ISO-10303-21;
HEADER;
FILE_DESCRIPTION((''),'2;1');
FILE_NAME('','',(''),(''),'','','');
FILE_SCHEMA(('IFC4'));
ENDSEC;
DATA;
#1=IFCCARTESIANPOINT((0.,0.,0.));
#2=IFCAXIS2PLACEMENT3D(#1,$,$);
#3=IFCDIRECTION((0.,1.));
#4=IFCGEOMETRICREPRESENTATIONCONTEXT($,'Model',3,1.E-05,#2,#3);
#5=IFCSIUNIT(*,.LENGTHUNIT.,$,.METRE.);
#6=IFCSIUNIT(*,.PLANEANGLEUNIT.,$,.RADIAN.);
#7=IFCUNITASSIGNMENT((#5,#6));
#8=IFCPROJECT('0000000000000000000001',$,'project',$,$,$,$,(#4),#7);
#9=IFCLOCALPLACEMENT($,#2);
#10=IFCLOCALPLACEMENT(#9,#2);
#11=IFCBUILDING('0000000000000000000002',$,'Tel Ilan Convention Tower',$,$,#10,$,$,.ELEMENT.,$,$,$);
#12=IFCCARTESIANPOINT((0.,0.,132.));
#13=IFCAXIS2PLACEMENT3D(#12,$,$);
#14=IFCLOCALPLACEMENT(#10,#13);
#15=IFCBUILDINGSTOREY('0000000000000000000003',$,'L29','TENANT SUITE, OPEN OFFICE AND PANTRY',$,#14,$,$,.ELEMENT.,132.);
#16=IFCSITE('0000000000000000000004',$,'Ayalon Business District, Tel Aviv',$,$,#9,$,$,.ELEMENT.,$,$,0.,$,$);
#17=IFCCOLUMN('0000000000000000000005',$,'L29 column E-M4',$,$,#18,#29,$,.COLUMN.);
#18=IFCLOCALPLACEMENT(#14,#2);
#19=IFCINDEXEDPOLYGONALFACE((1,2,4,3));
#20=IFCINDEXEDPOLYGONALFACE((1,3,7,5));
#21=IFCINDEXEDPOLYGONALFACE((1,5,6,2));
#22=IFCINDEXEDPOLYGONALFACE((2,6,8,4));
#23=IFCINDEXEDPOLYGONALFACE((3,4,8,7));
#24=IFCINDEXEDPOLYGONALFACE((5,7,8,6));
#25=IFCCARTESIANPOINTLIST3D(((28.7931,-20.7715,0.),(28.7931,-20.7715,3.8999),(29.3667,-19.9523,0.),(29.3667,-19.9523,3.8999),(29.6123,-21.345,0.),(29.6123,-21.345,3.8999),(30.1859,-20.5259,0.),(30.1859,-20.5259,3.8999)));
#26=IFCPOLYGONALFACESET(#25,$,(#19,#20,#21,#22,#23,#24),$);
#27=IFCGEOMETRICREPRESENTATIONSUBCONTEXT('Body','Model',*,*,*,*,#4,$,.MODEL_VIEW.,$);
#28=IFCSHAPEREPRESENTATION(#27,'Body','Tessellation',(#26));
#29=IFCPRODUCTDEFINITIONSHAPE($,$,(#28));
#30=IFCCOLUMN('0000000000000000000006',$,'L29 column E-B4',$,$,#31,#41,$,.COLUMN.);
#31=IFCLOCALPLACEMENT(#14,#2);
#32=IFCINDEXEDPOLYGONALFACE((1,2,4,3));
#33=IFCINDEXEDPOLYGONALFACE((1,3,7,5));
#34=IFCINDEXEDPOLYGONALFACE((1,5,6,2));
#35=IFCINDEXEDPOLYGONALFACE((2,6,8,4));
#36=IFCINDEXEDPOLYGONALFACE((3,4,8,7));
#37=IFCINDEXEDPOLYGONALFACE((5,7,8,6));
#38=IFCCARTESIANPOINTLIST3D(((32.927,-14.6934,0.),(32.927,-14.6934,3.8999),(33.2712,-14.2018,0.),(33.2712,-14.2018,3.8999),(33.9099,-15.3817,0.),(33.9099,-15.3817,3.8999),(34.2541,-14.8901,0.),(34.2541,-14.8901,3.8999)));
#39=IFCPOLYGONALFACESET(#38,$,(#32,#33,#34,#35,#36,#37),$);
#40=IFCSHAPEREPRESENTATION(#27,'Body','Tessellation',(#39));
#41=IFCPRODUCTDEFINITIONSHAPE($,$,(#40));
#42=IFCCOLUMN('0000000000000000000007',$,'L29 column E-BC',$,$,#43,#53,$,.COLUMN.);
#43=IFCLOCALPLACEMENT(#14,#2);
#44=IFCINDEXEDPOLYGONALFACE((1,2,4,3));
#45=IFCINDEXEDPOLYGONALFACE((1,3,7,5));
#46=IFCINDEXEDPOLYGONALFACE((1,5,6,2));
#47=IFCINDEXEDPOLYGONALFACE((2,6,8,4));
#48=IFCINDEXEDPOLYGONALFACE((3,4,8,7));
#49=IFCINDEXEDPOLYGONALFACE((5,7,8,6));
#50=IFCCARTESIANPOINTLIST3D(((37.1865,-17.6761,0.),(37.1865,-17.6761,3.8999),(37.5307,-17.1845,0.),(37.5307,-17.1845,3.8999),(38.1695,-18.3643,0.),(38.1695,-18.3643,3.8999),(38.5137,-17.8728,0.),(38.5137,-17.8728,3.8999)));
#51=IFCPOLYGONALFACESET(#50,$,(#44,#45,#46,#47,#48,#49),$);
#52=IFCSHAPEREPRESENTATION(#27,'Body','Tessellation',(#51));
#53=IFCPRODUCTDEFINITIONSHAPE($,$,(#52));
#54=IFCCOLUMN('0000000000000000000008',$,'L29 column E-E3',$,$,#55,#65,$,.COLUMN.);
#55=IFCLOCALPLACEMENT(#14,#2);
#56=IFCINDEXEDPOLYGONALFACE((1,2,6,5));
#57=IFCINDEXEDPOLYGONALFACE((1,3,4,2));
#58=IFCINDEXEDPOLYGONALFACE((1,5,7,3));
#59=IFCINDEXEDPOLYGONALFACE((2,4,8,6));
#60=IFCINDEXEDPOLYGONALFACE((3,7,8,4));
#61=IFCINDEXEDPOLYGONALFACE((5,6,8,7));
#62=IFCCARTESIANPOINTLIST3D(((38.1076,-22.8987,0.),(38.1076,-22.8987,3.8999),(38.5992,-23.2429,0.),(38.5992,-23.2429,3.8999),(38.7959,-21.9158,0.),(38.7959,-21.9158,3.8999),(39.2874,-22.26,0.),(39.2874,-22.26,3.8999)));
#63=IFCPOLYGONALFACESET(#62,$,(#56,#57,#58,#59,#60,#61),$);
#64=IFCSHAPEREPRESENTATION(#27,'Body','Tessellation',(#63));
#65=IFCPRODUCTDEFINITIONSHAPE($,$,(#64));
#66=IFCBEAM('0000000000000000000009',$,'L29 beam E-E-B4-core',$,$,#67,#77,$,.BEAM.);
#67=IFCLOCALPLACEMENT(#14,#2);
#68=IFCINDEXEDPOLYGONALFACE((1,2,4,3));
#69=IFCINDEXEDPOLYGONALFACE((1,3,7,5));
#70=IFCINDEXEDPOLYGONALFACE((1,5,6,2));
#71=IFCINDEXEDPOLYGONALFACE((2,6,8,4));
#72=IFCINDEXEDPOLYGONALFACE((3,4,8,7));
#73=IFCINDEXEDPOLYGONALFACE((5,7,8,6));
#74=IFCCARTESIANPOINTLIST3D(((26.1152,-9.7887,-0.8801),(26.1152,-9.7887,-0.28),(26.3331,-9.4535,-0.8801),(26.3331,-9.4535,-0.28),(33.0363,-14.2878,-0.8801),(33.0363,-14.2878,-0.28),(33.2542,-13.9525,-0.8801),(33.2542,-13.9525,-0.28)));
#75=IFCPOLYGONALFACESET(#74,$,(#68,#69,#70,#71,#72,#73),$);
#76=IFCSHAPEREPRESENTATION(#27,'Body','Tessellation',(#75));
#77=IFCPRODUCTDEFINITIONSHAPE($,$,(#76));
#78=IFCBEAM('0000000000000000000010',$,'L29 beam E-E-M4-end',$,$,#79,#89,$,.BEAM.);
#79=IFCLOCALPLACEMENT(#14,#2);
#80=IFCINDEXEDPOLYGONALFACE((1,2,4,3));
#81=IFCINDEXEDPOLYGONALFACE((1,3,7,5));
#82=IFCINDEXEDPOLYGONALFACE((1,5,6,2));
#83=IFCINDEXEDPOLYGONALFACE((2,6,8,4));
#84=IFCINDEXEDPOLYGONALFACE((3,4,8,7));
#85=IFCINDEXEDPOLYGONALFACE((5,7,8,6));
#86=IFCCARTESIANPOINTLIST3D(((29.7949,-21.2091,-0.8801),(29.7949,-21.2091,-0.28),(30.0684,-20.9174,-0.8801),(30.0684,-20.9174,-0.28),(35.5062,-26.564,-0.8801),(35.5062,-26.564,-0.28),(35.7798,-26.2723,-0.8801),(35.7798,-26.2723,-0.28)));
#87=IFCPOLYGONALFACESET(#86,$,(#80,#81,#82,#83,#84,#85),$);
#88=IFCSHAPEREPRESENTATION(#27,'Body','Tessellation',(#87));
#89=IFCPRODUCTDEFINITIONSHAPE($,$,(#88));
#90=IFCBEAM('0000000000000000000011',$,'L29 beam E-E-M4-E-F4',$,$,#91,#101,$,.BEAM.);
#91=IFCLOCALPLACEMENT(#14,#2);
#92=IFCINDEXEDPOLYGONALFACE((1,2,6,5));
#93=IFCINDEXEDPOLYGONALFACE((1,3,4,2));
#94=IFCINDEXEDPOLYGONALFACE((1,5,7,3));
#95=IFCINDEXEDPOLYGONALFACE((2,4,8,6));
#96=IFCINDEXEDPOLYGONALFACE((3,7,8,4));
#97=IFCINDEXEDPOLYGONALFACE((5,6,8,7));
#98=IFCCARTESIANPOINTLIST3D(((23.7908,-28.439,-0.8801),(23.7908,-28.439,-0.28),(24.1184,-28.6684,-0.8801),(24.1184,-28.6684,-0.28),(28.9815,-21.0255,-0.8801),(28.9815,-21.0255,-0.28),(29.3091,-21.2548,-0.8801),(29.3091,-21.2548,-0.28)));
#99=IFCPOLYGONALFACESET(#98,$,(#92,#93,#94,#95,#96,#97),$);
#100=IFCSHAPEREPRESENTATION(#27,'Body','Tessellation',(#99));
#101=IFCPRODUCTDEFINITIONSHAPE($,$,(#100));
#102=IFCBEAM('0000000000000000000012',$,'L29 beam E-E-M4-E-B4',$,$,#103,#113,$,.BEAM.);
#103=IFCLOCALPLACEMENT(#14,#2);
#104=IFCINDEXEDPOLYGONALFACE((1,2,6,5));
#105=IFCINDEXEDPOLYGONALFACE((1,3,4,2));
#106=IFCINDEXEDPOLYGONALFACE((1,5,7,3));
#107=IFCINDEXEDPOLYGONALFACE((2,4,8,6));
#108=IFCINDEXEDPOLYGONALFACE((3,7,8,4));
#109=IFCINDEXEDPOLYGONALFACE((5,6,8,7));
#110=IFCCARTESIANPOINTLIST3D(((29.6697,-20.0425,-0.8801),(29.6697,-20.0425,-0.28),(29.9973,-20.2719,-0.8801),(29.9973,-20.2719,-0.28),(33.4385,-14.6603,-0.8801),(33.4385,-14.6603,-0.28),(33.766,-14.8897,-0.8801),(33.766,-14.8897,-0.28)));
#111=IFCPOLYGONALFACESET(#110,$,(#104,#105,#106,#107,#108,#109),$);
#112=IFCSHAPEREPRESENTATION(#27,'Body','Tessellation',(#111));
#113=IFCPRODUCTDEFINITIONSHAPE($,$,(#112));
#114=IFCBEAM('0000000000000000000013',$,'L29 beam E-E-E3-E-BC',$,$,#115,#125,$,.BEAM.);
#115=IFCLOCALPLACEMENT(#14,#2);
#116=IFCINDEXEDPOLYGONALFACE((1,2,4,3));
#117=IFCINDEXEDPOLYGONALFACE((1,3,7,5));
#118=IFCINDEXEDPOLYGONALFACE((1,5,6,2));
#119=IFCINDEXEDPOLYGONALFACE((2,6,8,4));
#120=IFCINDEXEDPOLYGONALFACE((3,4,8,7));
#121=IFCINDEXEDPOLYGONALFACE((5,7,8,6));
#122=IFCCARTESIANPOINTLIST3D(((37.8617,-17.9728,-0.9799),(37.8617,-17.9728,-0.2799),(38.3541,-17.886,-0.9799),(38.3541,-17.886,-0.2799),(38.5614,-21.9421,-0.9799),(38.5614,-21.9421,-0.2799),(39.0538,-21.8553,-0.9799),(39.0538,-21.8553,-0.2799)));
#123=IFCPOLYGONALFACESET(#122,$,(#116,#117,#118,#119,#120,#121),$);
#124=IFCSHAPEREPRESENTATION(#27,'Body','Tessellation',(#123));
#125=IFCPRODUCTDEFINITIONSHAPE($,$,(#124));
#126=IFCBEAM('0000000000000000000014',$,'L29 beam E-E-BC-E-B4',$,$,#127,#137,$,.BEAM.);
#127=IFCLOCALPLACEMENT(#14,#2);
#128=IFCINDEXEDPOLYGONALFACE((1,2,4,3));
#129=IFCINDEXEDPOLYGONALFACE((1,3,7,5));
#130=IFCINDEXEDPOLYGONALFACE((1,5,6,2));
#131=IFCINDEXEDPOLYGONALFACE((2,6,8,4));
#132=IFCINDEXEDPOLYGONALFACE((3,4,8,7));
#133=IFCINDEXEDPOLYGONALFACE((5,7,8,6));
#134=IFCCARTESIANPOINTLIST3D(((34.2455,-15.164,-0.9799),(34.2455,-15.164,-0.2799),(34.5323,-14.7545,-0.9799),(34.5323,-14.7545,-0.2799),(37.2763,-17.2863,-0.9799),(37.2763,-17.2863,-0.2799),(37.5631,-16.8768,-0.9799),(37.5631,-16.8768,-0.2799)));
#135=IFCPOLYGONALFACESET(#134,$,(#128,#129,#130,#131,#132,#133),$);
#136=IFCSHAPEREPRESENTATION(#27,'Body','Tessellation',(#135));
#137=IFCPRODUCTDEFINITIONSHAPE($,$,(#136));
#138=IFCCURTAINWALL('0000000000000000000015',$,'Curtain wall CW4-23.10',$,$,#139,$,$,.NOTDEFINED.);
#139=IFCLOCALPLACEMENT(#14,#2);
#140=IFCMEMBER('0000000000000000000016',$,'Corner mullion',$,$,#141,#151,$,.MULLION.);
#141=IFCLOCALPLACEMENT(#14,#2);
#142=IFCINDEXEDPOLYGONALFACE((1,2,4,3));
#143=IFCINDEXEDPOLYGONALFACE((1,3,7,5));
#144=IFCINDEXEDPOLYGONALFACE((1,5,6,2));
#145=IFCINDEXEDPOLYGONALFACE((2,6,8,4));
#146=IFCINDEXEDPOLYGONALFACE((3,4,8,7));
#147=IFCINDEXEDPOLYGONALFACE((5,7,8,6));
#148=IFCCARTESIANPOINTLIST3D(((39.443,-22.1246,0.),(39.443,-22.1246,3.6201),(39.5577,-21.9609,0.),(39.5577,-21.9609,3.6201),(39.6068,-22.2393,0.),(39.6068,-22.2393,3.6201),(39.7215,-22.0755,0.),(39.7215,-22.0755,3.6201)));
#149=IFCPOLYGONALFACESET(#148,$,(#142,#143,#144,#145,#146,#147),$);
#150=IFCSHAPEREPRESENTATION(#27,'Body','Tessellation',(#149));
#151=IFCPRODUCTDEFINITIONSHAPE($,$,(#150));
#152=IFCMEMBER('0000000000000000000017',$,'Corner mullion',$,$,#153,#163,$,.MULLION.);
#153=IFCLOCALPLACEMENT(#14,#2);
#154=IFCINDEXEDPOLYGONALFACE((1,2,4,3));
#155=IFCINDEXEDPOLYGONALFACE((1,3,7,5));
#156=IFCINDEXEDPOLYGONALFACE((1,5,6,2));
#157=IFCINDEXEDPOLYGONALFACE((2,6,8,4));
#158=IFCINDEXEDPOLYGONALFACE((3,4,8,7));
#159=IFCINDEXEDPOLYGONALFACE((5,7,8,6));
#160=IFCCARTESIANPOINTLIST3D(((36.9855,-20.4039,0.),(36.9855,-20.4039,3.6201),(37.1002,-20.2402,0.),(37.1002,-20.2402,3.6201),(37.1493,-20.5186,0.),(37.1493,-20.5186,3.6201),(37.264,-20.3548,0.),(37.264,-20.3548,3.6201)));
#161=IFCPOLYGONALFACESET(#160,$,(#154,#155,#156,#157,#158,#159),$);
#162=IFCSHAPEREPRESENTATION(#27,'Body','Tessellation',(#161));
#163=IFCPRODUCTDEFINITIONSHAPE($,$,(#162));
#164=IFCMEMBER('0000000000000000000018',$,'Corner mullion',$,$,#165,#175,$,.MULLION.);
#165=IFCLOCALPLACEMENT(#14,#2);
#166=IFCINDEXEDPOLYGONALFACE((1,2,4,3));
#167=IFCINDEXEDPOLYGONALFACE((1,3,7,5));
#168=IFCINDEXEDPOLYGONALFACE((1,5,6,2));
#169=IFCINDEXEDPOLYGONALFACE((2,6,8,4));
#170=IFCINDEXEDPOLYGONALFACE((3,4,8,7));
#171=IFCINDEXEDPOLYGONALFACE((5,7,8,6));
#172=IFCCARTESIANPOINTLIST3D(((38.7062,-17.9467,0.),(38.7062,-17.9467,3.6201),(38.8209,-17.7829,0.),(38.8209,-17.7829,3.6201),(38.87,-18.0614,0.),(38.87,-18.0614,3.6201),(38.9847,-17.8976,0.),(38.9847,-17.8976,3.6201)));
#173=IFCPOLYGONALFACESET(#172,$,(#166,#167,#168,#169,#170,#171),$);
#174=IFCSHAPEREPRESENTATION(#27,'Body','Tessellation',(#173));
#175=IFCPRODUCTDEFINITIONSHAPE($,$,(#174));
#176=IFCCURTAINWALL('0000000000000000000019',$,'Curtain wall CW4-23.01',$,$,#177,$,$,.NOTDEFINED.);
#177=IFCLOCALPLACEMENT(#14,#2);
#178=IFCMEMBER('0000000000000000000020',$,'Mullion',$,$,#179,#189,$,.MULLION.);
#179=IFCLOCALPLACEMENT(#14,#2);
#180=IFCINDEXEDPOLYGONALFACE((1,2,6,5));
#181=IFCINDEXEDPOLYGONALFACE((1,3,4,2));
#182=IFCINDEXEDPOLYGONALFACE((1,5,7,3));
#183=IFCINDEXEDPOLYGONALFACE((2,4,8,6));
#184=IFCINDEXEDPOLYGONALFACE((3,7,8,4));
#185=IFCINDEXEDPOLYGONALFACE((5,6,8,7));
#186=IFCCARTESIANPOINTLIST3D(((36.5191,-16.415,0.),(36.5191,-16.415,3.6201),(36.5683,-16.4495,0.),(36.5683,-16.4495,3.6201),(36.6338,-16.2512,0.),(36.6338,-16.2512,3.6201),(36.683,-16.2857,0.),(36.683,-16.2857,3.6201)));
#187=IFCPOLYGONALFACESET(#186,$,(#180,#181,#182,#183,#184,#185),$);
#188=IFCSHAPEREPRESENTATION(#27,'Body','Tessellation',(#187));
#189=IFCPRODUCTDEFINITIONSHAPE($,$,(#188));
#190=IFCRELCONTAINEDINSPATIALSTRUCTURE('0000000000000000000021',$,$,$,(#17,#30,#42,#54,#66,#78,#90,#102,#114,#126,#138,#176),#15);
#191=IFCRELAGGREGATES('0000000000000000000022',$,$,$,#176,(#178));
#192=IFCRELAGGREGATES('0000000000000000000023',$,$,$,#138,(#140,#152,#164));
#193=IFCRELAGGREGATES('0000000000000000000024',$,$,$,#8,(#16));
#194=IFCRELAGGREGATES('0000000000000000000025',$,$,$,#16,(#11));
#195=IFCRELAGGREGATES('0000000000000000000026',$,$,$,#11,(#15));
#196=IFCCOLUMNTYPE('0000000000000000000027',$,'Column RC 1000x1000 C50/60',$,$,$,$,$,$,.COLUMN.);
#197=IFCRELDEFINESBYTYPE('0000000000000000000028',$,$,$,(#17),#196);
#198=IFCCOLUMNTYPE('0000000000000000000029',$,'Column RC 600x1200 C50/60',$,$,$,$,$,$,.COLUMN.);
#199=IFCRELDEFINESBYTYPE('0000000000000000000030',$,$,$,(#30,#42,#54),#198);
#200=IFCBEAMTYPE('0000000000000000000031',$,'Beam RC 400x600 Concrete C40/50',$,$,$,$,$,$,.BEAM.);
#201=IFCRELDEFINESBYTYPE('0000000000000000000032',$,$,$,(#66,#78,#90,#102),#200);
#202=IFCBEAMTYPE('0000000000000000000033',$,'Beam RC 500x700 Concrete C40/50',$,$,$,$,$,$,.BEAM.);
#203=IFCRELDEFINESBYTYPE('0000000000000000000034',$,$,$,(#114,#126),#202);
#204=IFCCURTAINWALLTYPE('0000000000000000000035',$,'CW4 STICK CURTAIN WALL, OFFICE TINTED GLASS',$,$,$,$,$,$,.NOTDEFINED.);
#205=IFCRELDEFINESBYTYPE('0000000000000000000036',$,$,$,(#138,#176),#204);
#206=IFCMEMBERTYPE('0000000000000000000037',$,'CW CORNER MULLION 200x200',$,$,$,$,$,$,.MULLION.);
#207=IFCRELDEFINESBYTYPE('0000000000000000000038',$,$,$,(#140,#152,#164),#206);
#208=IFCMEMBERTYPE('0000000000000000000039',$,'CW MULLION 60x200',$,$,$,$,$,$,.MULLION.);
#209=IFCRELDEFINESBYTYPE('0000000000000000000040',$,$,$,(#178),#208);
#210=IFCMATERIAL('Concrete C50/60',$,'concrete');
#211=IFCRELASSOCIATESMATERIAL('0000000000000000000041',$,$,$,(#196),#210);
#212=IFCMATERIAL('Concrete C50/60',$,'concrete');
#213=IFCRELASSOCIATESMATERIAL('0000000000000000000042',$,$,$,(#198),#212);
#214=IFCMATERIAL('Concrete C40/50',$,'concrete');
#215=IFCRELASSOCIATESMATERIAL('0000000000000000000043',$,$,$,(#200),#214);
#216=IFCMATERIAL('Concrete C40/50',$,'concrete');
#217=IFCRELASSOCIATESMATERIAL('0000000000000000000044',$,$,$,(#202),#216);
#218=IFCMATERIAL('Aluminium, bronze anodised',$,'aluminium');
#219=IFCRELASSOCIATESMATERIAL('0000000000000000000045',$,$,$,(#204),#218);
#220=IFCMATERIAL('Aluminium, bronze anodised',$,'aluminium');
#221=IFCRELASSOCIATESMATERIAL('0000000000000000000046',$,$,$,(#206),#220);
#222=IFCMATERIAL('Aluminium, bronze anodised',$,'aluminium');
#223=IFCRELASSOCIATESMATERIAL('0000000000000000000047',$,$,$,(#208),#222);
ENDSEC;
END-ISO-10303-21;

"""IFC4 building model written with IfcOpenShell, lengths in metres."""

from ifc_helpers import new_model, si_unit, direction, frame, origin, origin_2d, place, context, subcontext, project, spatial, rectangle, extrude, material, material_profile, profile_set, type_object, element, aggregate, save


model = new_model("IFC4")

# Units and contexts
model_context = context("Model", 3, precision=1e-05, world=origin(), true_north=direction((0.0, 1.0)))
body_context = subcontext(model_context, "Body", "Model", "MODEL_VIEW")
ifc_project = project(units=[si_unit("LENGTHUNIT", "METRE"), si_unit("PLANEANGLEUNIT", "RADIAN")], contexts=[model_context])

# Site, building, storey
site_placement = place(None, origin())
site = spatial("IfcSite", under=ifc_project, at=site_placement, Name="Ayalon Business District, Tel Aviv", CompositionType="ELEMENT", RefElevation=0.0)
building_placement = place(site_placement, origin())
building = spatial("IfcBuilding", under=site, at=building_placement, Name="Tel Ilan Convention Tower", CompositionType="ELEMENT")
storey_placement = place(building_placement, frame((0.0, 0.0, 132.0)))
storey = spatial("IfcBuildingStorey", under=building, at=storey_placement, Name="L29", Description="TENANT SUITE, OPEN OFFICE AND PANTRY", CompositionType="ELEMENT", Elevation=132.0)

# Columns
ifc_material_1 = material(Name="Concrete C50/60", Category="concrete")
ifc_material_profile_1 = material_profile(ifc_material_1, rectangle(XDim=1.0, YDim=1.0, at=origin_2d()), Name="RC 1000x1000")
ifc_profile_set_1 = profile_set([ifc_material_profile_1], Name="Concrete C50/60")
column_type_1 = type_object("IfcColumnType", Name="Column RC 1000x1000 C50/60", PredefinedType="COLUMN", material=ifc_profile_set_1)
column_placement = place(storey_placement, frame((29.4895, -20.6487, 0.0), z_axis=(0.0, 0.0, 1.0), x_axis=(0.819152, -0.573576, 0.0)))
element("IfcColumn", 1, at=column_placement, inside=storey, type_object=column_type_1, Name="L29 column E-M4", PredefinedType="COLUMN", context=body_context, shape_type="SweptSolid", body=[
    extrude(rectangle(XDim=1.0, YDim=1.0, at=origin_2d()), origin(), (0.0, 0.0, 1.0), 3.8999),
])
ifc_material_2 = material(Name="Concrete C50/60", Category="concrete")
ifc_material_profile_2 = material_profile(ifc_material_2, rectangle(XDim=1.2, YDim=0.6001, at=origin_2d()), Name="RC 600x1200")
ifc_profile_set_2 = profile_set([ifc_material_profile_2], Name="Concrete C50/60")
column_type_2 = type_object("IfcColumnType", Name="Column RC 600x1200 C50/60", PredefinedType="COLUMN", material=ifc_profile_set_2)
for number, where, z_axis, x_axis, name in (
    (2, (33.5906, -14.7917, 0.0), (0.0, 0.0, 1.0), (0.819152, -0.573576, 0.0), "L29 column E-B4"),
    (3, (37.8501, -17.7744, 0.0), (0.0, 0.0, 1.0), (0.819152, -0.573576, 0.0), "L29 column E-BC"),
    (4, (38.6975, -22.5793, 0.0), (0.0, 0.0, 1.0), (0.573576, 0.819152, 0.0), "L29 column E-E3"),
):
    element("IfcColumn", number, at=place(storey_placement, frame(where, z_axis=z_axis, x_axis=x_axis)), inside=storey, type_object=column_type_2, Name=name, PredefinedType="COLUMN", context=body_context, shape_type="SweptSolid", body=[
        extrude(rectangle(XDim=1.2, YDim=0.6001, at=origin_2d()), origin(), (0.0, 0.0, 1.0), 3.8999),
    ])

# Beams
ifc_material_3 = material(Name="Concrete C40/50", Category="concrete")
ifc_material_profile_3 = material_profile(ifc_material_3, rectangle(XDim=0.3999, YDim=0.6001, at=origin_2d()), Name="RC 400x600")
ifc_profile_set_3 = profile_set([ifc_material_profile_3], Name="Concrete C40/50")
beam_type_1 = type_object("IfcBeamType", Name="Beam RC 400x600 Concrete C40/50", PredefinedType="BEAM", material=ifc_profile_set_3)
beam_1_placement = place(storey_placement, frame((33.1453, -14.1201, -0.5801), z_axis=(-0.838428, 0.545012, 0.0), x_axis=(-0.545012, -0.838428, 0.0)))
element("IfcBeam", 5, at=beam_1_placement, inside=storey, type_object=beam_type_1, Name="L29 beam E-E-B4-core", PredefinedType="BEAM", context=body_context, shape_type="SweptSolid", body=[
    extrude(rectangle(XDim=0.3999, YDim=0.6001, at=origin_2d()), origin(), (0.0, 0.0, 1.0), 8.2549),
])
beam_2_placement = place(storey_placement, frame((29.9316, -21.0632, -0.5801), z_axis=(0.729504, -0.683976, 0.0), x_axis=(0.683976, 0.729504, 0.0)))
element("IfcBeam", 6, at=beam_2_placement, inside=storey, type_object=beam_type_1, Name="L29 beam E-E-M4-end", PredefinedType="BEAM", context=body_context, shape_type="SweptSolid", body=[
    extrude(rectangle(XDim=0.3999, YDim=0.6001, at=origin_2d()), origin(), (0.0, 0.0, 1.0), 7.8291),
])
beam_3_placement = place(storey_placement, frame((29.1453, -21.1401, -0.5801), z_axis=(-0.573549, -0.819171, 0.0), x_axis=(0.819171, -0.573549, 0.0)))
element("IfcBeam", 7, at=beam_3_placement, inside=storey, type_object=beam_type_1, Name="L29 beam E-E-M4-E-F4", PredefinedType="BEAM", context=body_context, shape_type="SweptSolid", body=[
    extrude(rectangle(XDim=0.3999, YDim=0.6001, at=origin_2d()), origin(), (0.0, 0.0, 1.0), 9.05),
])
beam_4_placement = place(storey_placement, frame((29.8335, -20.1572, -0.5801), z_axis=(0.573582, 0.819148, 0.0), x_axis=(-0.819148, 0.573582, 0.0)))
element("IfcBeam", 8, at=beam_4_placement, inside=storey, type_object=beam_type_1, Name="L29 beam E-E-M4-E-B4", PredefinedType="BEAM", context=body_context, shape_type="SweptSolid", body=[
    extrude(rectangle(XDim=0.3999, YDim=0.6001, at=origin_2d()), origin(), (0.0, 0.0, 1.0), 6.5706),
])
ifc_material_4 = material(Name="Concrete C40/50", Category="concrete")
ifc_material_profile_4 = material_profile(ifc_material_4, rectangle(XDim=0.5, YDim=0.7, at=origin_2d()), Name="RC 500x700")
ifc_profile_set_4 = profile_set([ifc_material_profile_4], Name="Concrete C40/50")
beam_type_2 = type_object("IfcBeamType", Name="Beam RC 500x700 Concrete C40/50", PredefinedType="BEAM", material=ifc_profile_set_4)
beam_5_placement = place(storey_placement, frame((38.8076, -21.8987, -0.6299), z_axis=(-0.173606, 0.984815, 0.0), x_axis=(-0.984815, -0.173606, 0.0)))
element("IfcBeam", 9, at=beam_5_placement, inside=storey, type_object=beam_type_2, Name="L29 beam E-E-E3-E-BC", PredefinedType="BEAM", context=body_context, shape_type="SweptSolid", body=[
    extrude(rectangle(XDim=0.5, YDim=0.7, at=origin_2d()), origin(), (0.0, 0.0, 1.0), 4.0305),
])
beam_6_placement = place(storey_placement, frame((37.4197, -17.0815, -0.6299), z_axis=(-0.819133, 0.573604, 0.0), x_axis=(-0.573604, -0.819133, 0.0)))
element("IfcBeam", 10, at=beam_6_placement, inside=storey, type_object=beam_type_2, Name="L29 beam E-E-BC-E-B4", PredefinedType="BEAM", context=body_context, shape_type="SweptSolid", body=[
    extrude(rectangle(XDim=0.5, YDim=0.7, at=origin_2d()), origin(), (0.0, 0.0, 1.0), 3.7),
])

# Curtain walls, members
ifc_material_5 = material(Name="Aluminium, bronze anodised", Category="aluminium")
curtain_wall_type = type_object("IfcCurtainWallType", Name="CW4 STICK CURTAIN WALL, OFFICE TINTED GLASS", PredefinedType="NOTDEFINED", material=ifc_material_5)
curtain_wall_1_placement = place(storey_placement, origin())
curtain_wall_1 = element("IfcCurtainWall", 11, at=curtain_wall_1_placement, inside=storey, type_object=curtain_wall_type, Name="Curtain wall CW4-23.10", PredefinedType="NOTDEFINED")
ifc_material_6 = material(Name="Aluminium, bronze anodised", Category="aluminium")
ifc_material_profile_5 = material_profile(ifc_material_6, rectangle(XDim=0.2, YDim=0.2, at=origin_2d()), Name="CW CORNER MULLION 200x200")
ifc_profile_set_5 = profile_set([ifc_material_profile_5], Name="Aluminium, bronze anodised")
member_type_1 = type_object("IfcMemberType", Name="CW CORNER MULLION 200x200", PredefinedType="MULLION", material=ifc_profile_set_5)
member_1_placement = place(storey_placement, frame((39.5823, -22.1001, 0.0), z_axis=(0.0, 0.0, 1.0), x_axis=(0.573576, 0.819152, 0.0)))
member_1 = element("IfcMember", 12, at=member_1_placement, type_object=member_type_1, Name="Corner mullion", PredefinedType="MULLION", context=body_context, shape_type="SweptSolid", body=[
    extrude(rectangle(XDim=0.2, YDim=0.2, at=origin_2d()), origin(), (0.0, 0.0, 1.0), 3.6201),
])
member_2_placement = place(storey_placement, frame((37.1248, -20.3794, 0.0), z_axis=(0.0, 0.0, 1.0), x_axis=(-0.819152, 0.573576, 0.0)))
member_2 = element("IfcMember", 13, at=member_2_placement, type_object=member_type_1, Name="Corner mullion", PredefinedType="MULLION", context=body_context, shape_type="SweptSolid", body=[
    extrude(rectangle(XDim=0.2, YDim=0.2, at=origin_2d()), origin(), (0.0, 0.0, 1.0), 3.6201),
])
member_3_placement = place(storey_placement, frame((38.8455, -17.9221, 0.0), z_axis=(0.0, 0.0, 1.0), x_axis=(0.573576, 0.819152, 0.0)))
member_3 = element("IfcMember", 14, at=member_3_placement, type_object=member_type_1, Name="Corner mullion", PredefinedType="MULLION", context=body_context, shape_type="SweptSolid", body=[
    extrude(rectangle(XDim=0.2, YDim=0.2, at=origin_2d()), origin(), (0.0, 0.0, 1.0), 3.6201),
])
curtain_wall_2_placement = place(storey_placement, origin())
curtain_wall_2 = element("IfcCurtainWall", 15, at=curtain_wall_2_placement, inside=storey, type_object=curtain_wall_type, Name="Curtain wall CW4-23.01", PredefinedType="NOTDEFINED")
ifc_material_7 = material(Name="Aluminium, bronze anodised", Category="aluminium")
ifc_material_profile_6 = material_profile(ifc_material_7, rectangle(XDim=0.0601, YDim=0.2, at=origin_2d()), Name="CW MULLION 60x200")
ifc_profile_set_6 = profile_set([ifc_material_profile_6], Name="Aluminium, bronze anodised")
member_type_2 = type_object("IfcMemberType", Name="CW MULLION 60x200", PredefinedType="MULLION", material=ifc_profile_set_6)
member_4_placement = place(storey_placement, frame((36.6011, -16.3503, 0.0), z_axis=(0.0, 0.0, 1.0), x_axis=(-0.819152, 0.573576, 0.0)))
member_4 = element("IfcMember", 16, at=member_4_placement, type_object=member_type_2, Name="Mullion", PredefinedType="MULLION", context=body_context, shape_type="SweptSolid", body=[
    extrude(rectangle(XDim=0.0601, YDim=0.2, at=origin_2d()), origin(), (0.0, 0.0, 1.0), 3.6201),
])
aggregate(curtain_wall_2, [member_4])

aggregate(curtain_wall_1, [member_1, member_2, member_3])

save(model, "model.ifc")
